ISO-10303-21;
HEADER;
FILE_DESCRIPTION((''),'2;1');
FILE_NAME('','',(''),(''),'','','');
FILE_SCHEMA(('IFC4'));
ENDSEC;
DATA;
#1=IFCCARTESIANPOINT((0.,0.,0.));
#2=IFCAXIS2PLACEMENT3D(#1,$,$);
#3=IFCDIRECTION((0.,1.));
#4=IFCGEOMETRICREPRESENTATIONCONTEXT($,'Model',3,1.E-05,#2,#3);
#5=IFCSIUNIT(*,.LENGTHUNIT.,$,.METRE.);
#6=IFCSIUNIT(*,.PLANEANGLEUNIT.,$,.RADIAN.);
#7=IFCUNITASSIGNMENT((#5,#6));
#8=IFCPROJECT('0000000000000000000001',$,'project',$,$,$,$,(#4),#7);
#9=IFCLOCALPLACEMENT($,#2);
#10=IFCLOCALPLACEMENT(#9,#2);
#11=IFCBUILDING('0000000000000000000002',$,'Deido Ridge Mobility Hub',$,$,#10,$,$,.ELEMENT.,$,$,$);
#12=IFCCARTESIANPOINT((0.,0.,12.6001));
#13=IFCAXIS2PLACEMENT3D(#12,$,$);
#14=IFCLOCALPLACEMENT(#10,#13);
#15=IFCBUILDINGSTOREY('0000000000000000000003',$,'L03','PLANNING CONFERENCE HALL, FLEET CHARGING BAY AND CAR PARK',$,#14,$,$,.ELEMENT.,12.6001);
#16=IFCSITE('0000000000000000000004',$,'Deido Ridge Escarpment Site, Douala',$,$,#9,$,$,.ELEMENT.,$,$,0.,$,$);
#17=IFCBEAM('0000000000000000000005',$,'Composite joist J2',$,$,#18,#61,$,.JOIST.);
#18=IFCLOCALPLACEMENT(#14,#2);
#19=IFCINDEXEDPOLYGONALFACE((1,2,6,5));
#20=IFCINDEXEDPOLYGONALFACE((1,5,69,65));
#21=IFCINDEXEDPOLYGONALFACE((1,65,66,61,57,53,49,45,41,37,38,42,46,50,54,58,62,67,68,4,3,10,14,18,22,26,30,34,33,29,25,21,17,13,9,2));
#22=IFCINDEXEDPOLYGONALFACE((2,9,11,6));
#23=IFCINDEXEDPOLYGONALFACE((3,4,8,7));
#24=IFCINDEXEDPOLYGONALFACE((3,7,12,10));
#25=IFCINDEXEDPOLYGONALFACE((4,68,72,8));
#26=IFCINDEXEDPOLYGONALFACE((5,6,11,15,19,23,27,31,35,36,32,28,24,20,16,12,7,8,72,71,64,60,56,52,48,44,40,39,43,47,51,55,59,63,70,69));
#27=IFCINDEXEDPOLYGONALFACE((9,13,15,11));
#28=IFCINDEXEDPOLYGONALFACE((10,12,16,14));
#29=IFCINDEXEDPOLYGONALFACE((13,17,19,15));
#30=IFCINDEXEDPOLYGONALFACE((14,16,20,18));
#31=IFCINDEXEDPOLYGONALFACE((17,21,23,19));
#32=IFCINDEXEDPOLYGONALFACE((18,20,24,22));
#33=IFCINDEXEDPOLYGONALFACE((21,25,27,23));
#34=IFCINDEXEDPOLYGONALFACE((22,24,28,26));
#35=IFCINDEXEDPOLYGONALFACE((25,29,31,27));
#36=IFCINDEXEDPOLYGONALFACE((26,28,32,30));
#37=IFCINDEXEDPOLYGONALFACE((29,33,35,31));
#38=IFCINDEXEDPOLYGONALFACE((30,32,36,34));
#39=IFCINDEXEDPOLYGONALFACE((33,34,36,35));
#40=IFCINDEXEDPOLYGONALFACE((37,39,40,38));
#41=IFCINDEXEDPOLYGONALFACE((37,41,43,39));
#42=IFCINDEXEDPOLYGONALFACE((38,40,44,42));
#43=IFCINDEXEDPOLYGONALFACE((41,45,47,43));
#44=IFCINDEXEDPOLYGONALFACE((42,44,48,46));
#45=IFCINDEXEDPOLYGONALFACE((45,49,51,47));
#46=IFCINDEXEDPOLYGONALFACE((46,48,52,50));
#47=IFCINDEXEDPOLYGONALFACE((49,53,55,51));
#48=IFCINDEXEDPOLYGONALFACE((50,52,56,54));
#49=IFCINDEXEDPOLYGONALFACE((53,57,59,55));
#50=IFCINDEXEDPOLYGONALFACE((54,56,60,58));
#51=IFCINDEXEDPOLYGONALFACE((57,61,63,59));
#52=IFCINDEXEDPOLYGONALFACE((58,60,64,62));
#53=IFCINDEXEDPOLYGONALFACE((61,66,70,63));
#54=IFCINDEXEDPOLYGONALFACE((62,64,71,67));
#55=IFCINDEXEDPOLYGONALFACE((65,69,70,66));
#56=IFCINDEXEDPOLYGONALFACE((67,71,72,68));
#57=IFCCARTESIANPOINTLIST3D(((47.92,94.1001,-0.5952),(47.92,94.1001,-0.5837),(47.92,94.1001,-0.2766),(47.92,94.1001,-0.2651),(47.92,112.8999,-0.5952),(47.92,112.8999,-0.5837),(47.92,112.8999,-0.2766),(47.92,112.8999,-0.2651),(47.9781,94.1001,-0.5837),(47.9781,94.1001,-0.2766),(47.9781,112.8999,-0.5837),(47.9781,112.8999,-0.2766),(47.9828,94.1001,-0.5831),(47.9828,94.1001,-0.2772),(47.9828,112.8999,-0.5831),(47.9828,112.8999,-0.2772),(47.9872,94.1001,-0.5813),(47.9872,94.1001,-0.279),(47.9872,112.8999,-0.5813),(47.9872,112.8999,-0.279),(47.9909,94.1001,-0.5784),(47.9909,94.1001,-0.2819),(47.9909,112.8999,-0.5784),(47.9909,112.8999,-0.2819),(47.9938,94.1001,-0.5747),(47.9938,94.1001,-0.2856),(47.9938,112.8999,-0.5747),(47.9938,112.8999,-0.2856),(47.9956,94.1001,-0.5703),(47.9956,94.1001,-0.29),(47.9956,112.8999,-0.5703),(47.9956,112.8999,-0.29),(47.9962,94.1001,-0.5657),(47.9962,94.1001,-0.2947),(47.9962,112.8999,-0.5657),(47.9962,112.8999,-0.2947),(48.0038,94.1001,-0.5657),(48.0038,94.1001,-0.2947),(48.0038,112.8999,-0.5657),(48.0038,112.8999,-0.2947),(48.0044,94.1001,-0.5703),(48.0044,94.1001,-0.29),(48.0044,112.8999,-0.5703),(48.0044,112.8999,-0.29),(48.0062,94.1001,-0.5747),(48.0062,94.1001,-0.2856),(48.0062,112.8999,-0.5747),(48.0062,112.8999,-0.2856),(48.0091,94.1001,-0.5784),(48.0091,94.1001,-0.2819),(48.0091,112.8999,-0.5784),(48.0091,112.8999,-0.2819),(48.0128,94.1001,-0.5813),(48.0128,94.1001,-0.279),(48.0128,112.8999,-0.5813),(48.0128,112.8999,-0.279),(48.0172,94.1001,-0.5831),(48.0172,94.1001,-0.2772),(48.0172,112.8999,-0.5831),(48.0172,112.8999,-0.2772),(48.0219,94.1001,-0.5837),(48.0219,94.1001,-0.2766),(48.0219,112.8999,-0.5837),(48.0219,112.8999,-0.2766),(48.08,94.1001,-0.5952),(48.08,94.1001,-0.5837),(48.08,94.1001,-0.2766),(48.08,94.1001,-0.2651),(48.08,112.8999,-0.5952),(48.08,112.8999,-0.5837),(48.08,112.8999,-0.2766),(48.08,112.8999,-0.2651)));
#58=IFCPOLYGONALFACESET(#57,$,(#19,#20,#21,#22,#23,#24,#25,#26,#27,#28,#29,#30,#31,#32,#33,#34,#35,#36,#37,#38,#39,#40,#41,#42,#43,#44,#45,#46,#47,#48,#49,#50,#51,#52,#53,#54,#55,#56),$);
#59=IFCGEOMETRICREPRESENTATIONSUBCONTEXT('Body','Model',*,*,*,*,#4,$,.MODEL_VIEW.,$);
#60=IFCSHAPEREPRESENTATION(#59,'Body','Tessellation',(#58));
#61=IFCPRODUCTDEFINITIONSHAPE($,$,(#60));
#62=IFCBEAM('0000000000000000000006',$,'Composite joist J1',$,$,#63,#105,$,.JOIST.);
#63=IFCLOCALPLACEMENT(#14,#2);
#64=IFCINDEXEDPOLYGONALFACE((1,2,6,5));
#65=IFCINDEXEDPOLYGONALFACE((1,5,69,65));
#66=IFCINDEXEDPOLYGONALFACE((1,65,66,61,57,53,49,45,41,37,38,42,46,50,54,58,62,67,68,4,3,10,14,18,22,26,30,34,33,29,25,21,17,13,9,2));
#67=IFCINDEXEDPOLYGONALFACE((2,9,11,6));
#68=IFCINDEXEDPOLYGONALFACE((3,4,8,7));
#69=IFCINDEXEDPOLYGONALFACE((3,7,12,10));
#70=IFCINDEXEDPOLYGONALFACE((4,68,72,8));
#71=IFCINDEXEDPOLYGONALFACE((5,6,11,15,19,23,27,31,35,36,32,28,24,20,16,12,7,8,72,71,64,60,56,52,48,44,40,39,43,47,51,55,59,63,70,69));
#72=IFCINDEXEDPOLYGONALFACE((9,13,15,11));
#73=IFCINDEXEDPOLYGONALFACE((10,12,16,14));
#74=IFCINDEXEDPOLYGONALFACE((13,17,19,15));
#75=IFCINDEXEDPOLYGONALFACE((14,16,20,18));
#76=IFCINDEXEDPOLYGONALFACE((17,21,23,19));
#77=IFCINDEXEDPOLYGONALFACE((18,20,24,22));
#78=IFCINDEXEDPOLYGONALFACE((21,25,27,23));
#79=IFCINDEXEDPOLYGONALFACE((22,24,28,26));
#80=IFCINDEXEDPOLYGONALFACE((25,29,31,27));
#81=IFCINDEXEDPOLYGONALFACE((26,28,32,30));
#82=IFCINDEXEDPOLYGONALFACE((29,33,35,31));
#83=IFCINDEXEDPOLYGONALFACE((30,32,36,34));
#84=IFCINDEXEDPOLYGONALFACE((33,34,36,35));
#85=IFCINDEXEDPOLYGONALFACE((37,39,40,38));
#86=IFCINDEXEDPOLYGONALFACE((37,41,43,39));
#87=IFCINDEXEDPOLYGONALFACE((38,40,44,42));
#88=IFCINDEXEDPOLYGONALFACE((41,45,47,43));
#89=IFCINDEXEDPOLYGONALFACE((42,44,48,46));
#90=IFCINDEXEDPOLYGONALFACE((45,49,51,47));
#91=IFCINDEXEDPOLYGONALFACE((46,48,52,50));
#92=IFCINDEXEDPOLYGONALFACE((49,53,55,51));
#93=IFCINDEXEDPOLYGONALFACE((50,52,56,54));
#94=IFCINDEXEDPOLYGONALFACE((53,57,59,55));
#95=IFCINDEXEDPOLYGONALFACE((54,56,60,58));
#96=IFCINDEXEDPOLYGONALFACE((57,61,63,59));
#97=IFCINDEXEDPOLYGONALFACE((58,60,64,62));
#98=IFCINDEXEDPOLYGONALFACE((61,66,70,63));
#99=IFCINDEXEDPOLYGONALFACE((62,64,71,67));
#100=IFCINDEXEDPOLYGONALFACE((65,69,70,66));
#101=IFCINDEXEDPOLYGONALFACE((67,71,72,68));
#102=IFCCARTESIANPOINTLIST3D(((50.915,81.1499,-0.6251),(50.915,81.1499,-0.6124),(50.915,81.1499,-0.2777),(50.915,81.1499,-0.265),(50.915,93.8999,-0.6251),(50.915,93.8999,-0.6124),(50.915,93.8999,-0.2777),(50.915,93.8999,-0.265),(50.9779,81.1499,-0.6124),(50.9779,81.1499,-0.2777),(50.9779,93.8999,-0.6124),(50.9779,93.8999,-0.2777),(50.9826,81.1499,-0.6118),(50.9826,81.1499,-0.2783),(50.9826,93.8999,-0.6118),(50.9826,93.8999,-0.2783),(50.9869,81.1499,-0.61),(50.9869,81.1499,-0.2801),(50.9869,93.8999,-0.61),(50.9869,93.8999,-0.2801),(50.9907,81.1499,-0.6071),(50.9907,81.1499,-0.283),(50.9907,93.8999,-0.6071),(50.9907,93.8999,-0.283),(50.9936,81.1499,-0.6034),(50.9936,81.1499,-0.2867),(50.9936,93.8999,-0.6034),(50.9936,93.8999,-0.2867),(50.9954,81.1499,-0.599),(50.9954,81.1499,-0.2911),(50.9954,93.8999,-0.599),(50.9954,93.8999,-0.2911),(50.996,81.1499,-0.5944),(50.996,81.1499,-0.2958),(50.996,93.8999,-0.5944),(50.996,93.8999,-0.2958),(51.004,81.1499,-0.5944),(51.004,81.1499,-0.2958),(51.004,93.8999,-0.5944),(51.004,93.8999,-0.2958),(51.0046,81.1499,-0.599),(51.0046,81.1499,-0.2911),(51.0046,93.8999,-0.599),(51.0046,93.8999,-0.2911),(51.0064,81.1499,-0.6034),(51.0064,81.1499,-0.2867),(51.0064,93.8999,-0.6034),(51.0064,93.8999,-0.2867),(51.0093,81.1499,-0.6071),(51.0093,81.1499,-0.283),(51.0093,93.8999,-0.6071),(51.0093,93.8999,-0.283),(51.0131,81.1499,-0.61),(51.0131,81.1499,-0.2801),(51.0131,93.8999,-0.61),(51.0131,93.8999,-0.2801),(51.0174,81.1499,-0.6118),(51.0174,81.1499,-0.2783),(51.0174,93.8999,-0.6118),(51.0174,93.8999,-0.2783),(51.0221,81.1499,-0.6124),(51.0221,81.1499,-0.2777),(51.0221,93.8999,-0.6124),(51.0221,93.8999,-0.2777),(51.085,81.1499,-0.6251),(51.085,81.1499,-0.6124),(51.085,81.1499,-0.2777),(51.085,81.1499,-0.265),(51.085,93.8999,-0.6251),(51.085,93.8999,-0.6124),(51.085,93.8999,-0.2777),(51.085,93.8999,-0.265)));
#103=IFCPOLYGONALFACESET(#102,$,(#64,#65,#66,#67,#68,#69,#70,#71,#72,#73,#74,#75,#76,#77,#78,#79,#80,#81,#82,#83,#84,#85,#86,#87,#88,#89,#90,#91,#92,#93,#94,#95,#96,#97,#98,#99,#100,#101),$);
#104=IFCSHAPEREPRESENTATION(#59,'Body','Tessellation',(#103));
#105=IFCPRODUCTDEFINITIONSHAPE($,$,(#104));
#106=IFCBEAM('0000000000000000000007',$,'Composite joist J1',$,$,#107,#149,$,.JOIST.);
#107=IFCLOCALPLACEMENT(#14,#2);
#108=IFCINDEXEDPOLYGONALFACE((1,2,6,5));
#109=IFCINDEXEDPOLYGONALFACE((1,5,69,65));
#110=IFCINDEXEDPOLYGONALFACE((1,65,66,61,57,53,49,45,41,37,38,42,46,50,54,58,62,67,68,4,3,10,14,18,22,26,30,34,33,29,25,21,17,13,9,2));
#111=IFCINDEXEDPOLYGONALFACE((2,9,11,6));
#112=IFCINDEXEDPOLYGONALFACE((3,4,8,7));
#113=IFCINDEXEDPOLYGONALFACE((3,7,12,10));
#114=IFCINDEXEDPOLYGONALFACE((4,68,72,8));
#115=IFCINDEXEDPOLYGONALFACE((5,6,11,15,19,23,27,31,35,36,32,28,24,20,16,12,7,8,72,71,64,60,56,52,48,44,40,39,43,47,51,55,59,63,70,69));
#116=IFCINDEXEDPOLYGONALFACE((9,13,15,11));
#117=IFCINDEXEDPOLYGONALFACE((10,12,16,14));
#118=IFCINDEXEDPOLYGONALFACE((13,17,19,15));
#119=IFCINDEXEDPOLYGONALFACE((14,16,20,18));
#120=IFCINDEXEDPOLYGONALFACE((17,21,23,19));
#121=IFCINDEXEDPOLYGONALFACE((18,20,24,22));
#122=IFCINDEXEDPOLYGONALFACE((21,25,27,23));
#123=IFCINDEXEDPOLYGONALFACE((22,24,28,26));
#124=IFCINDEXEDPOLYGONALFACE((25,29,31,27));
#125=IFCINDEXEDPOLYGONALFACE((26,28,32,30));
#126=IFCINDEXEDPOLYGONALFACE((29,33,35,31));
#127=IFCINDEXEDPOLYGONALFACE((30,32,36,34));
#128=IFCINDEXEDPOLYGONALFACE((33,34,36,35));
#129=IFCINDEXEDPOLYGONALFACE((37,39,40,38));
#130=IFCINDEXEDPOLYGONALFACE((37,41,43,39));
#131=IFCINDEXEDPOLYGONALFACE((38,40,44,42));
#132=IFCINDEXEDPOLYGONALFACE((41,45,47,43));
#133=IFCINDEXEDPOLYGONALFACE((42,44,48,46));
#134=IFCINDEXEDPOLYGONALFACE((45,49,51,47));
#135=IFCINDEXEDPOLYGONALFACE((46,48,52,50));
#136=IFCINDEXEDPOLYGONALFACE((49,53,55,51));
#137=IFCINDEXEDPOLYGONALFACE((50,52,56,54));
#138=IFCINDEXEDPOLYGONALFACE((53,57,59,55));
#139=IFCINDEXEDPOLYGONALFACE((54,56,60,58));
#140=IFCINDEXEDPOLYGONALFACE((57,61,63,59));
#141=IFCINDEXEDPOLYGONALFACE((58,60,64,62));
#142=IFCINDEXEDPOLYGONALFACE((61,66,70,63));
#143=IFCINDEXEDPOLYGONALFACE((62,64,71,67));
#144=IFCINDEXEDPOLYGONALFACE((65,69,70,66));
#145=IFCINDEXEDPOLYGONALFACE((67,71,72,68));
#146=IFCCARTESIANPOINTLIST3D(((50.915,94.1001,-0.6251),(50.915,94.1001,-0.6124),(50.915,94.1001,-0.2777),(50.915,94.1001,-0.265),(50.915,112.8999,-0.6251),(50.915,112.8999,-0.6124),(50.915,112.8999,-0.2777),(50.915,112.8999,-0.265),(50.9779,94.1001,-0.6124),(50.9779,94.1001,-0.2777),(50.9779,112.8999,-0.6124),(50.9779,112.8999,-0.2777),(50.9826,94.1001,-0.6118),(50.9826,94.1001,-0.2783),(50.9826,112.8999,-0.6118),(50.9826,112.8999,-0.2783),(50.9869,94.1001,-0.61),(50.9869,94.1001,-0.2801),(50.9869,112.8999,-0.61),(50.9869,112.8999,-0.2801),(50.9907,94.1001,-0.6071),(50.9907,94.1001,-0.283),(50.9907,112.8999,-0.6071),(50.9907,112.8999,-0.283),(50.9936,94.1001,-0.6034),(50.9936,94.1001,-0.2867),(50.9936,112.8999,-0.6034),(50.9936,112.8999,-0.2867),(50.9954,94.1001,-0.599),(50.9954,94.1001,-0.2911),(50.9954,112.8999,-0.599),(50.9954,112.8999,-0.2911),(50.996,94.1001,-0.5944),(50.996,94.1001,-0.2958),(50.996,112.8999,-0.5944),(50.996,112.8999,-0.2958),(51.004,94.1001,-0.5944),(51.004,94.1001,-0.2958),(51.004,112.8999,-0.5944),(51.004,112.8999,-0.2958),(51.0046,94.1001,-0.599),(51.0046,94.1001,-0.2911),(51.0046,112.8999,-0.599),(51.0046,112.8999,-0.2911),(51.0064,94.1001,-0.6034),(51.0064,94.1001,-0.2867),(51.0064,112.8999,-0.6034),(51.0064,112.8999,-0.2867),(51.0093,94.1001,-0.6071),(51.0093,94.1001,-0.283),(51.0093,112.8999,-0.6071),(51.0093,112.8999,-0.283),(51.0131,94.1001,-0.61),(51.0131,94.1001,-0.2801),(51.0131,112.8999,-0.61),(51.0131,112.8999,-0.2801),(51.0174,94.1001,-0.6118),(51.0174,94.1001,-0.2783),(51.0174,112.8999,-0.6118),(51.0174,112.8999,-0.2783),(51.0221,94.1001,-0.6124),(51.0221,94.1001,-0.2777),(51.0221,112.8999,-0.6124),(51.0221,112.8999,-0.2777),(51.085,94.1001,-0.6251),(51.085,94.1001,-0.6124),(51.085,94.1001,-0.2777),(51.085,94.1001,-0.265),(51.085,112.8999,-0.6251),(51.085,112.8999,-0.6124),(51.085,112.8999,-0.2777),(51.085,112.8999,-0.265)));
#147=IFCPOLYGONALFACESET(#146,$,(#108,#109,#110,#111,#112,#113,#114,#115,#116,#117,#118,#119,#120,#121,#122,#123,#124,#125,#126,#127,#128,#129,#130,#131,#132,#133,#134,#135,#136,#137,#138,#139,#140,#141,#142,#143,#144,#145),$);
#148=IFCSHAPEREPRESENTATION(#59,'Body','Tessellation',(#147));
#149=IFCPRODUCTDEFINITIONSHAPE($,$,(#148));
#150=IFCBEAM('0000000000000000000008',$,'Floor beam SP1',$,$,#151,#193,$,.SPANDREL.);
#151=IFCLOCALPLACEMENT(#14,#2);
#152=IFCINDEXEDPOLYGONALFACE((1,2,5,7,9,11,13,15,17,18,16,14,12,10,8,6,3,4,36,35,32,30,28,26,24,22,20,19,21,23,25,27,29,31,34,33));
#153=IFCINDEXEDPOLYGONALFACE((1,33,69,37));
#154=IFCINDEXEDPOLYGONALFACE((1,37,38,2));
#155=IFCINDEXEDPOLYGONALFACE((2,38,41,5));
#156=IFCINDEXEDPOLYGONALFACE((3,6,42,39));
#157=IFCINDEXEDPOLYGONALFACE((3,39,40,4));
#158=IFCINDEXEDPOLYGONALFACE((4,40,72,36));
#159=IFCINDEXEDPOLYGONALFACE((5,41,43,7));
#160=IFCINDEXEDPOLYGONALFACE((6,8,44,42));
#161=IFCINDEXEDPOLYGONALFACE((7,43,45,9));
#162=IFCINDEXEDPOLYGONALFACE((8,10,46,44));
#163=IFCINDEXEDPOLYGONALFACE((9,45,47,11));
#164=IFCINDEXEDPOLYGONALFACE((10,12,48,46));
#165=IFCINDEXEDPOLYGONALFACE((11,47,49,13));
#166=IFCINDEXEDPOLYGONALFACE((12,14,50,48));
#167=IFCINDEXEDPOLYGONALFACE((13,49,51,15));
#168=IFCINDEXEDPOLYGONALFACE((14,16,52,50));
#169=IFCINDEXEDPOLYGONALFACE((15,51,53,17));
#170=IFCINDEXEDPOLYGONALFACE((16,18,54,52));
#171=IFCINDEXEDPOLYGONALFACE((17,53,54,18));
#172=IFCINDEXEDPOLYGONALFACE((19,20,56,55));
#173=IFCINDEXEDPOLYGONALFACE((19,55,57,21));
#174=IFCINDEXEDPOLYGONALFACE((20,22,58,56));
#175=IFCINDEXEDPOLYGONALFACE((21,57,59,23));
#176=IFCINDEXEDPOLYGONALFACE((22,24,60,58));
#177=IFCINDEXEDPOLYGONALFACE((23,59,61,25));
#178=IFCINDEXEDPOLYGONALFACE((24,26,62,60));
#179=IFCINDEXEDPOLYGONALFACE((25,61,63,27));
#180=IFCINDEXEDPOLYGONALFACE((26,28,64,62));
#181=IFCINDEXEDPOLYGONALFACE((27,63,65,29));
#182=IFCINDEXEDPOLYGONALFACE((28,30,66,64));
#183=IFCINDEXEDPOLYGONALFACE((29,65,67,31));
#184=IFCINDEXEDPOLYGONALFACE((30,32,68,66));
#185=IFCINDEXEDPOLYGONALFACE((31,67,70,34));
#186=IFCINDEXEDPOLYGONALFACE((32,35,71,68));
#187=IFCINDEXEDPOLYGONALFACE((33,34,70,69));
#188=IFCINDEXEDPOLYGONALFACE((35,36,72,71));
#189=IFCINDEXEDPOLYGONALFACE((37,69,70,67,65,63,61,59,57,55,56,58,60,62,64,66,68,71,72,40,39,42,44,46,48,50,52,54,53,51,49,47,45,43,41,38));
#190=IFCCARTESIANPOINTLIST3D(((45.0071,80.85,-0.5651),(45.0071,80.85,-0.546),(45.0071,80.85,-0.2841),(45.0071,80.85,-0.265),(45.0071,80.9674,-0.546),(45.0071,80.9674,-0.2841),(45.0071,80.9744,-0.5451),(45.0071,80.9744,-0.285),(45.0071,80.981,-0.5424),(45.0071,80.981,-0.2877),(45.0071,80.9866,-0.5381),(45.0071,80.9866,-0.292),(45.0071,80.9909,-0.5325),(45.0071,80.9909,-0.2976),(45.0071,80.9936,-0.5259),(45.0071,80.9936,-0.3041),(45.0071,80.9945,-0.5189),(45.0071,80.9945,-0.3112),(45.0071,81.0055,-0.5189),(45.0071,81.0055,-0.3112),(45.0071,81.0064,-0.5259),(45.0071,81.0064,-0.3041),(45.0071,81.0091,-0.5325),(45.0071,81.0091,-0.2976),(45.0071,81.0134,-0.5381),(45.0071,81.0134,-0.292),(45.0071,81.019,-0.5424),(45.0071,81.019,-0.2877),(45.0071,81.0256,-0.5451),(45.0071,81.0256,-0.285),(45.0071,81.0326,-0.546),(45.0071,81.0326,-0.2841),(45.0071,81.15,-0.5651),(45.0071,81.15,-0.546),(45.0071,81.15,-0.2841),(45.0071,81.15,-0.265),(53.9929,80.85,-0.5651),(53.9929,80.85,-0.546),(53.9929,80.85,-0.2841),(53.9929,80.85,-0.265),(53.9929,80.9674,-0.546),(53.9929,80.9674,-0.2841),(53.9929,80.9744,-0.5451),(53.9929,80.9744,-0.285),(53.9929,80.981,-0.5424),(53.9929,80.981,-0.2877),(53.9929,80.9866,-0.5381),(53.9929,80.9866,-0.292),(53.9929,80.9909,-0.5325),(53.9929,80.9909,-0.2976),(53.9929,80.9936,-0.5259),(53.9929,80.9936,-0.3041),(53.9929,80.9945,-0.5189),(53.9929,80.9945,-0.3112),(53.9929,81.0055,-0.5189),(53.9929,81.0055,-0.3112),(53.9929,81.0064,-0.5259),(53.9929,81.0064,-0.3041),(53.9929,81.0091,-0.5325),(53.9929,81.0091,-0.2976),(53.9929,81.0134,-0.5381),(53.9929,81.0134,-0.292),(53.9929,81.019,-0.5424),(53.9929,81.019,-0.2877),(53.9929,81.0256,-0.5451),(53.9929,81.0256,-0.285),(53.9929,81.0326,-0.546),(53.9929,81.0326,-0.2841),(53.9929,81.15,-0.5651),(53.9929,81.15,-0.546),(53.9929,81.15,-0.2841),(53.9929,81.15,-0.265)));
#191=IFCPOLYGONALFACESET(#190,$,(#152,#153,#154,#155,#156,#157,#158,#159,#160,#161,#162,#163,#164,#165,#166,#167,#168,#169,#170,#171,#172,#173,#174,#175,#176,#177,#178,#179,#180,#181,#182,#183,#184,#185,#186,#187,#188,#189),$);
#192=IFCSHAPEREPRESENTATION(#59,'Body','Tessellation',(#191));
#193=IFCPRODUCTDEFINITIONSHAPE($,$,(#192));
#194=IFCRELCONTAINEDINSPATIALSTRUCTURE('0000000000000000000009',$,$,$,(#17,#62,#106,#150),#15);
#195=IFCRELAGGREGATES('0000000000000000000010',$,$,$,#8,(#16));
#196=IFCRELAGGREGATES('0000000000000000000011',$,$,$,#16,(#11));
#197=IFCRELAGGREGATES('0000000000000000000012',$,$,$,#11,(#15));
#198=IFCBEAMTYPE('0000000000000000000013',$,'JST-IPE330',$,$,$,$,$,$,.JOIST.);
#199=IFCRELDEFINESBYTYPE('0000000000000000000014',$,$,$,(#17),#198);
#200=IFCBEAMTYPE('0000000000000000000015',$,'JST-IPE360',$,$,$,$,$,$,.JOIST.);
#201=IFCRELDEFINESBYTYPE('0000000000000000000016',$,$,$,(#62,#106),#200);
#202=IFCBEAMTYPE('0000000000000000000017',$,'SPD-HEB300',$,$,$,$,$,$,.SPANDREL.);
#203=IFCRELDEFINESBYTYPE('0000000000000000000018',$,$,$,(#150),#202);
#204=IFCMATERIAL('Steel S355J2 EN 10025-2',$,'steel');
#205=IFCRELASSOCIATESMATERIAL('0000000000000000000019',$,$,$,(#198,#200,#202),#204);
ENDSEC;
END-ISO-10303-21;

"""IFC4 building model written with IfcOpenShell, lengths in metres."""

from ifc_helpers import new_model, si_unit, direction, frame, origin, origin_2d, place, context, subcontext, project, spatial, i_section, extrude, material, material_profile, profile_set, type_object, element, save


model = new_model("IFC4")

# Units and contexts
model_context = context("Model", 3, precision=1e-05, world=origin(), true_north=direction((0.0, 1.0)))
body_context = subcontext(model_context, "Body", "Model", "MODEL_VIEW")
ifc_project = project(units=[si_unit("LENGTHUNIT", "METRE"), si_unit("PLANEANGLEUNIT", "RADIAN")], contexts=[model_context])

# Site, building, storey
site_placement = place(None, origin())
site = spatial("IfcSite", under=ifc_project, at=site_placement, Name="Deido Ridge Escarpment Site, Douala", CompositionType="ELEMENT", RefElevation=0.0)
building_placement = place(site_placement, origin())
building = spatial("IfcBuilding", under=site, at=building_placement, Name="Deido Ridge Mobility Hub", CompositionType="ELEMENT")
storey_placement = place(building_placement, frame((0.0, 0.0, 12.6001)))
storey = spatial("IfcBuildingStorey", under=building, at=storey_placement, Name="L03", Description="PLANNING CONFERENCE HALL, FLEET CHARGING BAY AND CAR PARK", CompositionType="ELEMENT", Elevation=12.6001)

# Shared definitions
ifc_material_1 = material(Name="Steel S355J2 EN 10025-2", Category="steel")

# Beams
ifc_material_profile_1 = material_profile(ifc_material_1, i_section(OverallWidth=0.1599, OverallDepth=0.3301, WebThickness=0.0076, FlangeThickness=0.0115, FilletRadius=0.0181, at=origin_2d()), Name="IPE 330")
ifc_profile_set_1 = profile_set([ifc_material_profile_1], Name="Steel S355J2 EN 10025-2")
beam_type_1 = type_object("IfcBeamType", Name="JST-IPE330", PredefinedType="JOIST", material=ifc_profile_set_1)
beam_1_placement = place(storey_placement, frame((48.0, 94.1001, -0.4302), z_axis=(0.0, 1.0, 0.0), x_axis=(-1.0, 0.0, 0.0)))
element("IfcBeam", 1, at=beam_1_placement, inside=storey, type_object=beam_type_1, Name="Composite joist J2", PredefinedType="JOIST", context=body_context, shape_type="SweptSolid", body=[
    extrude(i_section(OverallWidth=0.1599, OverallDepth=0.3301, WebThickness=0.0076, FlangeThickness=0.0115, FilletRadius=0.0181, at=origin_2d()), origin(), (0.0, 0.0, 1.0), 18.7998),
])
ifc_material_profile_2 = material_profile(ifc_material_1, i_section(OverallWidth=0.1699, OverallDepth=0.3601, WebThickness=0.0081, FlangeThickness=0.0127, FilletRadius=0.0181, at=origin_2d()), Name="IPE 360")
ifc_profile_set_2 = profile_set([ifc_material_profile_2], Name="Steel S355J2 EN 10025-2")
beam_type_2 = type_object("IfcBeamType", Name="JST-IPE360", PredefinedType="JOIST", material=ifc_profile_set_2)
beam_2_placement = place(storey_placement, frame((51.0, 81.1499, -0.4451), z_axis=(0.0, 1.0, 0.0), x_axis=(-1.0, 0.0, 0.0)))
element("IfcBeam", 2, at=beam_2_placement, inside=storey, type_object=beam_type_2, Name="Composite joist J1", PredefinedType="JOIST", context=body_context, shape_type="SweptSolid", body=[
    extrude(i_section(OverallWidth=0.1699, OverallDepth=0.3601, WebThickness=0.0081, FlangeThickness=0.0127, FilletRadius=0.0181, at=origin_2d()), origin(), (0.0, 0.0, 1.0), 12.75),
])
beam_3_placement = place(storey_placement, frame((51.0, 94.1001, -0.4451), z_axis=(0.0, 1.0, 0.0), x_axis=(-1.0, 0.0, 0.0)))
element("IfcBeam", 3, at=beam_3_placement, inside=storey, type_object=beam_type_2, Name="Composite joist J1", PredefinedType="JOIST", context=body_context, shape_type="SweptSolid", body=[
    extrude(i_section(OverallWidth=0.1699, OverallDepth=0.3601, WebThickness=0.0081, FlangeThickness=0.0127, FilletRadius=0.0181, at=origin_2d()), origin(), (0.0, 0.0, 1.0), 18.7998),
])
ifc_material_profile_3 = material_profile(ifc_material_1, i_section(OverallWidth=0.3, OverallDepth=0.3, WebThickness=0.011, FlangeThickness=0.019, FilletRadius=0.0271, at=origin_2d()), Name="HEB 300")
ifc_profile_set_3 = profile_set([ifc_material_profile_3], Name="Steel S355J2 EN 10025-2")
beam_type_3 = type_object("IfcBeamType", Name="SPD-HEB300", PredefinedType="SPANDREL", material=ifc_profile_set_3)
for number, where, z_axis, x_axis, name in (
    (4, (45.0071, 81.0, -0.415), (1.0, 0.0, 0.0), (0.0, 1.0, 0.0), "Floor beam SP1"),
):
    element("IfcBeam", number, at=place(storey_placement, frame(where, z_axis=z_axis, x_axis=x_axis)), inside=storey, type_object=beam_type_3, Name=name, PredefinedType="SPANDREL", context=body_context, shape_type="SweptSolid", body=[
        extrude(i_section(OverallWidth=0.3, OverallDepth=0.3, WebThickness=0.011, FlangeThickness=0.019, FilletRadius=0.0271, at=origin_2d()), origin(), (0.0, 0.0, 1.0), 8.9858),
    ])

save(model, "model.ifc")
